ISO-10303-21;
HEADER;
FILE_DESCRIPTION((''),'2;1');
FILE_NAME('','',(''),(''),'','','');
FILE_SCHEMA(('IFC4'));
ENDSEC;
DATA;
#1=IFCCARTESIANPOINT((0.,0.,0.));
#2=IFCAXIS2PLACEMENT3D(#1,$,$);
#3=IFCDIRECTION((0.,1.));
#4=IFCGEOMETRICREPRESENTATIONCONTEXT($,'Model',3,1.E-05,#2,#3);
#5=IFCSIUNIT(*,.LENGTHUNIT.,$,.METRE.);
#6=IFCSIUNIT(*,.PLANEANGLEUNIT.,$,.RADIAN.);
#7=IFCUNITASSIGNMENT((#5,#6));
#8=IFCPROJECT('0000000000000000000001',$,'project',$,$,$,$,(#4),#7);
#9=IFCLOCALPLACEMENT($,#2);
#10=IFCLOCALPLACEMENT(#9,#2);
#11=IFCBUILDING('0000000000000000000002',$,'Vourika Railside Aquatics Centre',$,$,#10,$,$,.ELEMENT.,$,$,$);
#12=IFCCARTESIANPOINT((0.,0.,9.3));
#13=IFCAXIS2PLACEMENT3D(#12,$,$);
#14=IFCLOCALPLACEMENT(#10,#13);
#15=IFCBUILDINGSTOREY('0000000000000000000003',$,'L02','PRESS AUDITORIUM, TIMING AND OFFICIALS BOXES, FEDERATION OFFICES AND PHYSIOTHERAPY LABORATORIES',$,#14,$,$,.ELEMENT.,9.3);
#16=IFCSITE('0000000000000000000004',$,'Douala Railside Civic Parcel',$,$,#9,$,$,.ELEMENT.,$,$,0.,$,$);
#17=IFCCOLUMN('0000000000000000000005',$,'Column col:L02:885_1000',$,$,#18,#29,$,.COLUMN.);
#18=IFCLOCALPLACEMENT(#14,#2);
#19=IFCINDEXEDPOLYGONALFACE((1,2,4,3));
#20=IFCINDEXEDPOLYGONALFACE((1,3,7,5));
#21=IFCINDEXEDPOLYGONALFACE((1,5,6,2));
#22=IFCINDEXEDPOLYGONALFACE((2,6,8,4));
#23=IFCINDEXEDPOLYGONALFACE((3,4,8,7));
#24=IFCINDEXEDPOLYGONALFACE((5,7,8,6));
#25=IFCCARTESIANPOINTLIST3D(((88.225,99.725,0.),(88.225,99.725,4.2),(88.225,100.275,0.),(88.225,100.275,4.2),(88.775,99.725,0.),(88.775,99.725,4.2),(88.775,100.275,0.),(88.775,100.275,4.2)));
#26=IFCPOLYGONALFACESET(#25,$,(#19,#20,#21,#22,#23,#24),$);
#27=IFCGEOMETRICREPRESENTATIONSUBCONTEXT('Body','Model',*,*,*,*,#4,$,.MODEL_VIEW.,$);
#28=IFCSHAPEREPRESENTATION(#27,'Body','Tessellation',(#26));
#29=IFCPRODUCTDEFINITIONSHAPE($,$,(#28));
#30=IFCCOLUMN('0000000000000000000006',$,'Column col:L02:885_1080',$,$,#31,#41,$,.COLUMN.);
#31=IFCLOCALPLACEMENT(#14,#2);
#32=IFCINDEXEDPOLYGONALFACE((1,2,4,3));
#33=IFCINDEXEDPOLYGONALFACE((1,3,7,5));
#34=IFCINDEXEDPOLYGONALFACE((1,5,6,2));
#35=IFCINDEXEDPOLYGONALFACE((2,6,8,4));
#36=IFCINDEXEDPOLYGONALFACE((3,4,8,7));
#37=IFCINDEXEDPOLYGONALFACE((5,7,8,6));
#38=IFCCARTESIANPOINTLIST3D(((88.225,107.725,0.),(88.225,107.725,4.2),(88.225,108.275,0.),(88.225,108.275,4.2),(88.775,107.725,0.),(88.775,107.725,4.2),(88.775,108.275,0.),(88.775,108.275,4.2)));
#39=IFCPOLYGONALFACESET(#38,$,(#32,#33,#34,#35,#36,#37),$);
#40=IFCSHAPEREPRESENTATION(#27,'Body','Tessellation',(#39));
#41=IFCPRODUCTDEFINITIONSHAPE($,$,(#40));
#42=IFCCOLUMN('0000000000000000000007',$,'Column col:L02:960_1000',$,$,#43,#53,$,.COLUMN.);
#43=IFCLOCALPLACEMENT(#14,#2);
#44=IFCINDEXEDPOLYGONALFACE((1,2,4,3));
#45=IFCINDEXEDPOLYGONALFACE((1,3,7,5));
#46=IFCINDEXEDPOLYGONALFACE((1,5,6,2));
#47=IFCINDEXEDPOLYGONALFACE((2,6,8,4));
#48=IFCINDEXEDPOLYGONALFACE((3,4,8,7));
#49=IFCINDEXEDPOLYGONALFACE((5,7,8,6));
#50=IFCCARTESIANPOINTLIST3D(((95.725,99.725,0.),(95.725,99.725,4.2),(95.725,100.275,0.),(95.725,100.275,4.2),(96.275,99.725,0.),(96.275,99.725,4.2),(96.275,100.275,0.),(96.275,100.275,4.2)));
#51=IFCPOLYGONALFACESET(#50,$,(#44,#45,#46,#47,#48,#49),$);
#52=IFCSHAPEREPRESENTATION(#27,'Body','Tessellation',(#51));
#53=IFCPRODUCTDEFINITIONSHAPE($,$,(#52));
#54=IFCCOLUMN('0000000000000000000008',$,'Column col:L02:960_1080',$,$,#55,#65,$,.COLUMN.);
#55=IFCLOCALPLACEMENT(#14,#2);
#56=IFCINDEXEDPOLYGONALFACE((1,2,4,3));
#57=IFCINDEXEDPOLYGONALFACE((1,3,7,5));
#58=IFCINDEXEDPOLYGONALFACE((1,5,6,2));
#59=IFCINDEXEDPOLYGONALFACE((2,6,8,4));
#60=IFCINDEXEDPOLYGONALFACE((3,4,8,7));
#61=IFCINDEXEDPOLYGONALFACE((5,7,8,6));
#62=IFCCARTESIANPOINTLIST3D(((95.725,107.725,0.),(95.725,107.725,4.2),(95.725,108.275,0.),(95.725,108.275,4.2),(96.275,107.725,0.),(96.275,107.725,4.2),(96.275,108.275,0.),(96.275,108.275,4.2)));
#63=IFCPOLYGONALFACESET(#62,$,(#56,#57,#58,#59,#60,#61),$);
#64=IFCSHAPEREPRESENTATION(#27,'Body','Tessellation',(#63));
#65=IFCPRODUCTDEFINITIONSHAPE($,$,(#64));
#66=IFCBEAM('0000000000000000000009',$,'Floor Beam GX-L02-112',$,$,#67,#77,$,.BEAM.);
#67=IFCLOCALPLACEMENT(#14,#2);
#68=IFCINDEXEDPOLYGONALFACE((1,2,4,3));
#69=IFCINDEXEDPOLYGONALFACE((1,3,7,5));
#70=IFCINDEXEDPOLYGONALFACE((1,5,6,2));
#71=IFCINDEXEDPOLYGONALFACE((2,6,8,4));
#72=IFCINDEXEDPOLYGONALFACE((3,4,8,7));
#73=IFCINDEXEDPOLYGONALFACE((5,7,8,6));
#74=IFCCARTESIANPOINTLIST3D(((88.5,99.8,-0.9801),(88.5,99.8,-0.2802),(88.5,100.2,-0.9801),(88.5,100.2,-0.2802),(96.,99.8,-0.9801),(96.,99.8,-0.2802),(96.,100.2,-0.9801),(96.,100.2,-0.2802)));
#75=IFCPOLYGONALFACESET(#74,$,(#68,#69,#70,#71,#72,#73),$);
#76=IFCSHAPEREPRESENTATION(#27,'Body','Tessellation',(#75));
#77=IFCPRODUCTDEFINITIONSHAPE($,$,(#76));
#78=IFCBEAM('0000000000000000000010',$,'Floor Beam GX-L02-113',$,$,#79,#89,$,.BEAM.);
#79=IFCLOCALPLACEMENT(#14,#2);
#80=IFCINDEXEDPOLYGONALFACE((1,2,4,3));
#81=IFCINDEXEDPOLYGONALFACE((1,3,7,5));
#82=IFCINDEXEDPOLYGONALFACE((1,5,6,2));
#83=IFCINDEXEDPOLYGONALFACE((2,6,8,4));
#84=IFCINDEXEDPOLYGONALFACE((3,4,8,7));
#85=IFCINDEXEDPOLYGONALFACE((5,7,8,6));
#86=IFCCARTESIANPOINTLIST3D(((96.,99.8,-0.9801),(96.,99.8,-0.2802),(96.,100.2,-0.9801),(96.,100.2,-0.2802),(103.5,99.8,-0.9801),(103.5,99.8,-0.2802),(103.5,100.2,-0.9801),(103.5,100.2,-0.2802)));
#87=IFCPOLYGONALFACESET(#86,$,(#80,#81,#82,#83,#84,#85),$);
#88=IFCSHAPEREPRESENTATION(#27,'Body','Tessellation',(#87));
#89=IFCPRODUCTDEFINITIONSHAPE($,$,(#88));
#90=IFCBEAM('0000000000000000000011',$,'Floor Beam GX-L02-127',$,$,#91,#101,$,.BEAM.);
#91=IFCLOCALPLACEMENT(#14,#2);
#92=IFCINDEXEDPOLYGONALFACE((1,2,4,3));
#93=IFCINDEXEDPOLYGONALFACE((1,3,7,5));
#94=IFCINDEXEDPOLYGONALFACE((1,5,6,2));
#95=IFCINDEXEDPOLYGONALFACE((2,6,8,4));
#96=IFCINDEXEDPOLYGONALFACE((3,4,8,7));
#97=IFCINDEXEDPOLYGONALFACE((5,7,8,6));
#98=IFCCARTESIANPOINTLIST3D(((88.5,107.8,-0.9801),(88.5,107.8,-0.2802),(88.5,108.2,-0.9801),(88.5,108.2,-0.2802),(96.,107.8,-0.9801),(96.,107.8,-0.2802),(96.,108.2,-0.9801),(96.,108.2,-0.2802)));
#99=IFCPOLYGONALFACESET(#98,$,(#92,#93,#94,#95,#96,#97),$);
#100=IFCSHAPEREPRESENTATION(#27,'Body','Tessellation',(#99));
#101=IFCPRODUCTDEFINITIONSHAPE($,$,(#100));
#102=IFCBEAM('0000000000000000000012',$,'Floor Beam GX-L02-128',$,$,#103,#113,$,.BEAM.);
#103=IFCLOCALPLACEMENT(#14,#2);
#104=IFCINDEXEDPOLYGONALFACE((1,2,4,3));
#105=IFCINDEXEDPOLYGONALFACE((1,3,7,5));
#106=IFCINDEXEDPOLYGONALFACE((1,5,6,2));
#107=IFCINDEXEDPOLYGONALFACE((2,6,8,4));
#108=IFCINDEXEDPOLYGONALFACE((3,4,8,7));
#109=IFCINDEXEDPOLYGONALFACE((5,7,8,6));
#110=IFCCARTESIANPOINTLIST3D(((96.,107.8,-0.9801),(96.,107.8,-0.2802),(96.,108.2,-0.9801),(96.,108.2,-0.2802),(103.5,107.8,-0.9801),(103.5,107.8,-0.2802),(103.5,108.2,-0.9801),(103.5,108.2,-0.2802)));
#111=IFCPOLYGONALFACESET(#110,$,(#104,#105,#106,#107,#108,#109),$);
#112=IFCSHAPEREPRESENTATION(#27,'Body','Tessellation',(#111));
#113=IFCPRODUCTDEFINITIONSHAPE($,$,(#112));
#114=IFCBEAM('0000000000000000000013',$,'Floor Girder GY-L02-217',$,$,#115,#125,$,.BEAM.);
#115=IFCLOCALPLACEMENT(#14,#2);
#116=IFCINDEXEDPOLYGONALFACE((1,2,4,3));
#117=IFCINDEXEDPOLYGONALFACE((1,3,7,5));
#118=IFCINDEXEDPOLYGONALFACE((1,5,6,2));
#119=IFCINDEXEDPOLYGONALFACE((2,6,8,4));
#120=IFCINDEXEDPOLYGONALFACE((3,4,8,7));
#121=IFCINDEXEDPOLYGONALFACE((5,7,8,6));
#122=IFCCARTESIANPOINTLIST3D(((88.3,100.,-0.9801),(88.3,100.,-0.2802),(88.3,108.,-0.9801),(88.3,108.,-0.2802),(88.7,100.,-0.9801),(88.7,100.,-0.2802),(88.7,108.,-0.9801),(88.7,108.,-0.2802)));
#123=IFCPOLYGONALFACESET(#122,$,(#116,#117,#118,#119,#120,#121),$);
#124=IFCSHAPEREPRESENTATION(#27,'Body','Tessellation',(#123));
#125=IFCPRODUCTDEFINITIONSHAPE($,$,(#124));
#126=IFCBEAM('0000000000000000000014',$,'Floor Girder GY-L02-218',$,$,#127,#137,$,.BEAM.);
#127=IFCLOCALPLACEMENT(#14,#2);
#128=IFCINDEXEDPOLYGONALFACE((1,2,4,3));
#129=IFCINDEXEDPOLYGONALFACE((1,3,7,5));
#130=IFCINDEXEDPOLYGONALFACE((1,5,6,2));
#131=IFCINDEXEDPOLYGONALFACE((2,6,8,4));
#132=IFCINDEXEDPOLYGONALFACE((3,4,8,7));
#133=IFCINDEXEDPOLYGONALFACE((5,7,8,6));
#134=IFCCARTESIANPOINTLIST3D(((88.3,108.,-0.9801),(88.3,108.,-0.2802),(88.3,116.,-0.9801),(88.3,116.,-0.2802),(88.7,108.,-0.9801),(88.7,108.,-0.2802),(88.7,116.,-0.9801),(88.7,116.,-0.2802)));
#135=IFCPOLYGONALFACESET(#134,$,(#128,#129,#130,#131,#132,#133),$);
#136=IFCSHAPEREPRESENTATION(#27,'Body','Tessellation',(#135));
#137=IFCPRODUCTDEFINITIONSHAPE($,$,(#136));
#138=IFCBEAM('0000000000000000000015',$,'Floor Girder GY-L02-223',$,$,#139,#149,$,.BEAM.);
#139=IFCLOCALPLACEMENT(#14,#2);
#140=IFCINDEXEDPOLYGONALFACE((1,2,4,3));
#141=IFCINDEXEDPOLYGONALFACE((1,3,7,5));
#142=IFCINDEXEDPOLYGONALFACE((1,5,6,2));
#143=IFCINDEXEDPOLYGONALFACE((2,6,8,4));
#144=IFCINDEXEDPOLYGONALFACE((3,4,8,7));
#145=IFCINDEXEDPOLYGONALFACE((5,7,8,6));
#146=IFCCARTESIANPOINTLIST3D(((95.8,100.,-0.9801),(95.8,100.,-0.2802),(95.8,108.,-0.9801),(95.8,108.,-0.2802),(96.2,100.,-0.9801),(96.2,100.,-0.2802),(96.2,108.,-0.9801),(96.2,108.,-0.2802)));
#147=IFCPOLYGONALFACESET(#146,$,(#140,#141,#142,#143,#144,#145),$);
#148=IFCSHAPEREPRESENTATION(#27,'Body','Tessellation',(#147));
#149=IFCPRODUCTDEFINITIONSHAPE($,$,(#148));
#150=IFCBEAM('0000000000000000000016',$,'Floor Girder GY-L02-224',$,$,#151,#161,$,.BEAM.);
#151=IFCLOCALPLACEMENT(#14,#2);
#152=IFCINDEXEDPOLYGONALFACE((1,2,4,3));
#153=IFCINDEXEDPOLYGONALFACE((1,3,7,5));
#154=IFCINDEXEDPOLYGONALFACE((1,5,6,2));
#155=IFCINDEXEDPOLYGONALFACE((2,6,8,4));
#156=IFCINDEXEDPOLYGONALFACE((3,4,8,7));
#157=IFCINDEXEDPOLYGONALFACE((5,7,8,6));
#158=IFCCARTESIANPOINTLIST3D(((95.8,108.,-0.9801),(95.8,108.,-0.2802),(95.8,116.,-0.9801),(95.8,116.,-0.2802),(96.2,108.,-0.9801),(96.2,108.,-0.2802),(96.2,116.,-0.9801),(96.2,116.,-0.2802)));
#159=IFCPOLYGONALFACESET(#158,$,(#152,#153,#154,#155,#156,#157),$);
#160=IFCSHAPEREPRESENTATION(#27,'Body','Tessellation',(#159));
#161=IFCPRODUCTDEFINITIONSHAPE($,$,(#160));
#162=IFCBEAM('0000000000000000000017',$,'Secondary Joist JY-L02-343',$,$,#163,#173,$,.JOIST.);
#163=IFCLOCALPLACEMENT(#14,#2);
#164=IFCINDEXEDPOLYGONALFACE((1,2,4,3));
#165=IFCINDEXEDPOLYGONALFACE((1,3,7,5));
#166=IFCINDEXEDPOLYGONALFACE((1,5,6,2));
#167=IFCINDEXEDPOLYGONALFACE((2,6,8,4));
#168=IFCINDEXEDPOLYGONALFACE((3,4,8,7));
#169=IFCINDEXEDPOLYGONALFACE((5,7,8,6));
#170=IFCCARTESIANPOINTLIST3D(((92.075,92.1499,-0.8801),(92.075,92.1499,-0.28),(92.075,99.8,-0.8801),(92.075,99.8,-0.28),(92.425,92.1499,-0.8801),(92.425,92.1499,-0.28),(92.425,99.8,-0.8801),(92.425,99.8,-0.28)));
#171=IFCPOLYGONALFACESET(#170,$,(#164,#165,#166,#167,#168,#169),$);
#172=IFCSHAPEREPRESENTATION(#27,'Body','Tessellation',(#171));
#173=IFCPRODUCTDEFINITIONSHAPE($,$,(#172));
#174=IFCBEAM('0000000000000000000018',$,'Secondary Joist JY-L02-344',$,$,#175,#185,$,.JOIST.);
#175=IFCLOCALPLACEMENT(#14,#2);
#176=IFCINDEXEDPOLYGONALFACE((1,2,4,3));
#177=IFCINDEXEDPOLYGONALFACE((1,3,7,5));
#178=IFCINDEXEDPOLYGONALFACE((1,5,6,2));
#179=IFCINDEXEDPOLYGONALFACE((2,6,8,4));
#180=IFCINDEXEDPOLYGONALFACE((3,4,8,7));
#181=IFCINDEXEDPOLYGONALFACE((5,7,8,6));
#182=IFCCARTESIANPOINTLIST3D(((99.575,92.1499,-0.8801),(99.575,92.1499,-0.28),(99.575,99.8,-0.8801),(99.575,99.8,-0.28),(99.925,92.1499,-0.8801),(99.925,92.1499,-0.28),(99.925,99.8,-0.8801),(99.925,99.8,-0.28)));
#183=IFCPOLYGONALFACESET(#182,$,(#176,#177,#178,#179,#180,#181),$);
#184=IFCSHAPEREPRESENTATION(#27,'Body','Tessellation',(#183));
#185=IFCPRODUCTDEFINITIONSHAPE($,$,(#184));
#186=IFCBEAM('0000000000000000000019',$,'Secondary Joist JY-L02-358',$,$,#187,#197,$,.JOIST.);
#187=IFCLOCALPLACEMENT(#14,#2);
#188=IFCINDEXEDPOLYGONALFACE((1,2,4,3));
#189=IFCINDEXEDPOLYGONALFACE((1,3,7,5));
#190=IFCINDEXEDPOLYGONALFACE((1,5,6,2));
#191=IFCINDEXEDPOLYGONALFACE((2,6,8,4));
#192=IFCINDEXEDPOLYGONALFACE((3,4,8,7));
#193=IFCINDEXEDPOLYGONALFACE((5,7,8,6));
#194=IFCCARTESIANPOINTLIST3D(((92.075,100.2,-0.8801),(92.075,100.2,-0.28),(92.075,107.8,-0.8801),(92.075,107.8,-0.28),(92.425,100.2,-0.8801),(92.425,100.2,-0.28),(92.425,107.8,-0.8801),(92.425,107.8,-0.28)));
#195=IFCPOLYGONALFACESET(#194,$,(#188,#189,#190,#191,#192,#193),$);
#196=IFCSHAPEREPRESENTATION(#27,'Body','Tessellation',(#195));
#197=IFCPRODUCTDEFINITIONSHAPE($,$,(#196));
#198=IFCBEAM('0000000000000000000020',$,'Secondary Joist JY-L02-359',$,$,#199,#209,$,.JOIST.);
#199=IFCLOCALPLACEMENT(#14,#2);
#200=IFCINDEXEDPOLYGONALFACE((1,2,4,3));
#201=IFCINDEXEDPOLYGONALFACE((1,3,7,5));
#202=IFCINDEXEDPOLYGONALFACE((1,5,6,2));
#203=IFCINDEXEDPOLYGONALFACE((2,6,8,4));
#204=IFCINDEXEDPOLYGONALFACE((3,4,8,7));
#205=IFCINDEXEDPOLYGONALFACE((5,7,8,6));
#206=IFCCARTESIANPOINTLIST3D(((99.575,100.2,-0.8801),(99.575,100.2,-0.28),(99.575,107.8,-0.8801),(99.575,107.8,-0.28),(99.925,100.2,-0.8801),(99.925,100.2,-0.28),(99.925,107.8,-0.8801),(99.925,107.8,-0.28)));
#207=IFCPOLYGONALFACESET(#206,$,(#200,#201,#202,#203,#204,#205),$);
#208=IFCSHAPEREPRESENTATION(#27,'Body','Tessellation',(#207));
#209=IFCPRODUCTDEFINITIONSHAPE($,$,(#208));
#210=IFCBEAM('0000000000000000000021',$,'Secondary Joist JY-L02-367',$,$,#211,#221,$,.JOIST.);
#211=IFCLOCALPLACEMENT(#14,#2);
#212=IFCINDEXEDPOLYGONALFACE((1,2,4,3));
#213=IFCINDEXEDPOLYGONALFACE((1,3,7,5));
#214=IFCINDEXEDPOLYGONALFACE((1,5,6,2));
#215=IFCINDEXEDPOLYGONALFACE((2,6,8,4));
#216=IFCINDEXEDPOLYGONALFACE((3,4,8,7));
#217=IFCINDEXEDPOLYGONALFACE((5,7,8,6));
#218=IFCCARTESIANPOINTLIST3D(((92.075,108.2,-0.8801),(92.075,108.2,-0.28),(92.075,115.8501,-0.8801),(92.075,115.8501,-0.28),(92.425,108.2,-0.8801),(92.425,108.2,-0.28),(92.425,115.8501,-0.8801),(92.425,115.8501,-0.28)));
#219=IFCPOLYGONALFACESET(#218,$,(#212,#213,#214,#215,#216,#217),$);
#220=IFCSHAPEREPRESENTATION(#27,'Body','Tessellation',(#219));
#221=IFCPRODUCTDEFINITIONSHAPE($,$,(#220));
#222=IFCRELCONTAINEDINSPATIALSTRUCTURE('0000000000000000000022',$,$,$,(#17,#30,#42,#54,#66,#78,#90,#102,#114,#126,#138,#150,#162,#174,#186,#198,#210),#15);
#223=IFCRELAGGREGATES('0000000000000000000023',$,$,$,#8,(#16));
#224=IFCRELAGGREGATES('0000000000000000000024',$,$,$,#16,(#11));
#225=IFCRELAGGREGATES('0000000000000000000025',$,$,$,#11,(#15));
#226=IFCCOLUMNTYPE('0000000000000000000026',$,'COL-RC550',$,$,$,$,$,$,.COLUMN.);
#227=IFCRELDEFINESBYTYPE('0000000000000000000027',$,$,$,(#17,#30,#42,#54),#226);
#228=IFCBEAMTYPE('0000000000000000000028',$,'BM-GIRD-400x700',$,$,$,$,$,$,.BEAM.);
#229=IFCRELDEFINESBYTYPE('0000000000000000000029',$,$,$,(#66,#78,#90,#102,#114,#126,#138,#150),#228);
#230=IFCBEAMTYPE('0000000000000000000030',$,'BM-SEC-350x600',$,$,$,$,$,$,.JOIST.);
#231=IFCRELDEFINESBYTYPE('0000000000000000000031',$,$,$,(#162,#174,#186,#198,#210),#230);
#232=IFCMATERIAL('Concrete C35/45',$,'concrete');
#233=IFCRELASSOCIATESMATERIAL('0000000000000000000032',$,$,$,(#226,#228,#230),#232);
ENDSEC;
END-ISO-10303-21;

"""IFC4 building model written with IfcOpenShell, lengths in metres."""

from ifc_helpers import new_model, si_unit, direction, frame, origin, origin_2d, place, context, subcontext, project, spatial, rectangle, extrude, material, material_profile, profile_set, type_object, element, save


model = new_model("IFC4")

# Units and contexts
model_context = context("Model", 3, precision=1e-05, world=origin(), true_north=direction((0.0, 1.0)))
body_context = subcontext(model_context, "Body", "Model", "MODEL_VIEW")
ifc_project = project(units=[si_unit("LENGTHUNIT", "METRE"), si_unit("PLANEANGLEUNIT", "RADIAN")], contexts=[model_context])

# Site, building, storey
site_placement = place(None, origin())
site = spatial("IfcSite", under=ifc_project, at=site_placement, Name="Douala Railside Civic Parcel", CompositionType="ELEMENT", RefElevation=0.0)
building_placement = place(site_placement, origin())
building = spatial("IfcBuilding", under=site, at=building_placement, Name="Vourika Railside Aquatics Centre", CompositionType="ELEMENT")
storey_placement = place(building_placement, frame((0.0, 0.0, 9.3)))
storey = spatial("IfcBuildingStorey", under=building, at=storey_placement, Name="L02", Description="PRESS AUDITORIUM, TIMING AND OFFICIALS BOXES, FEDERATION OFFICES AND PHYSIOTHERAPY LABORATORIES", CompositionType="ELEMENT", Elevation=9.3)

# Columns
ifc_material_1 = material(Name="Concrete C35/45", Category="concrete")
ifc_material_profile_1 = material_profile(ifc_material_1, rectangle(XDim=0.55, YDim=0.55, at=origin_2d()), Name="RC 550x550")
ifc_profile_set_1 = profile_set([ifc_material_profile_1], Name="Concrete C35/45")
column_type = type_object("IfcColumnType", Name="COL-RC550", PredefinedType="COLUMN", material=ifc_profile_set_1)
for number, where, z_axis, x_axis, name in (
    (1, (88.5, 100.0, 0.0), (0.0, 0.0, 1.0), (1.0, 0.0, 0.0), "Column col:L02:885_1000"),
    (2, (88.5, 108.0, 0.0), (0.0, 0.0, 1.0), (1.0, 0.0, 0.0), "Column col:L02:885_1080"),
    (3, (96.0, 100.0, 0.0), (0.0, 0.0, 1.0), (1.0, 0.0, 0.0), "Column col:L02:960_1000"),
    (4, (96.0, 108.0, 0.0), (0.0, 0.0, 1.0), (1.0, 0.0, 0.0), "Column col:L02:960_1080"),
):
    element("IfcColumn", number, at=place(storey_placement, frame(where, z_axis=z_axis, x_axis=x_axis)), inside=storey, type_object=column_type, Name=name, PredefinedType="COLUMN", context=body_context, shape_type="SweptSolid", body=[
        extrude(rectangle(XDim=0.55, YDim=0.55, at=origin_2d()), origin(), (0.0, 0.0, 1.0), 4.2),
    ])

# Beams
ifc_material_profile_2 = material_profile(ifc_material_1, rectangle(XDim=0.3999, YDim=0.7, at=origin_2d()), Name="RC 400x700")
ifc_profile_set_2 = profile_set([ifc_material_profile_2], Name="Concrete C35/45")
beam_type_1 = type_object("IfcBeamType", Name="BM-GIRD-400x700", PredefinedType="BEAM", material=ifc_profile_set_2)
for number, where, z_axis, x_axis, name in (
    (5, (88.5, 100.0, -0.6301), (1.0, 0.0, 0.0), (0.0, 1.0, 0.0), "Floor Beam GX-L02-112"),
    (6, (96.0, 100.0, -0.6301), (1.0, 0.0, 0.0), (0.0, 1.0, 0.0), "Floor Beam GX-L02-113"),
    (7, (88.5, 108.0, -0.6301), (1.0, 0.0, 0.0), (0.0, 1.0, 0.0), "Floor Beam GX-L02-127"),
    (8, (96.0, 108.0, -0.6301), (1.0, 0.0, 0.0), (0.0, 1.0, 0.0), "Floor Beam GX-L02-128"),
):
    element("IfcBeam", number, at=place(storey_placement, frame(where, z_axis=z_axis, x_axis=x_axis)), inside=storey, type_object=beam_type_1, Name=name, PredefinedType="BEAM", context=body_context, shape_type="SweptSolid", body=[
        extrude(rectangle(XDim=0.3999, YDim=0.7, at=origin_2d()), origin(), (0.0, 0.0, 1.0), 7.5),
    ])
for number, where, z_axis, x_axis, name in (
    (9, (88.5, 100.0, -0.6301), (0.0, 1.0, 0.0), (-1.0, 0.0, 0.0), "Floor Girder GY-L02-217"),
    (10, (88.5, 108.0, -0.6301), (0.0, 1.0, 0.0), (-1.0, 0.0, 0.0), "Floor Girder GY-L02-218"),
    (11, (96.0, 100.0, -0.6301), (0.0, 1.0, 0.0), (-1.0, 0.0, 0.0), "Floor Girder GY-L02-223"),
    (12, (96.0, 108.0, -0.6301), (0.0, 1.0, 0.0), (-1.0, 0.0, 0.0), "Floor Girder GY-L02-224"),
):
    element("IfcBeam", number, at=place(storey_placement, frame(where, z_axis=z_axis, x_axis=x_axis)), inside=storey, type_object=beam_type_1, Name=name, PredefinedType="BEAM", context=body_context, shape_type="SweptSolid", body=[
        extrude(rectangle(XDim=0.3999, YDim=0.7, at=origin_2d()), origin(), (0.0, 0.0, 1.0), 8.0),
    ])
ifc_material_profile_3 = material_profile(ifc_material_1, rectangle(XDim=0.3501, YDim=0.6001, at=origin_2d()), Name="RC 350x600")
ifc_profile_set_3 = profile_set([ifc_material_profile_3], Name="Concrete C35/45")
beam_type_2 = type_object("IfcBeamType", Name="BM-SEC-350x600", PredefinedType="JOIST", material=ifc_profile_set_3)
for number, where, z_axis, x_axis, name in (
    (13, (92.25, 92.1499, -0.5801), (0.0, 1.0, 0.0), (-1.0, 0.0, 0.0), "Secondary Joist JY-L02-343"),
    (14, (99.75, 92.1499, -0.5801), (0.0, 1.0, 0.0), (-1.0, 0.0, 0.0), "Secondary Joist JY-L02-344"),
):
    element("IfcBeam", number, at=place(storey_placement, frame(where, z_axis=z_axis, x_axis=x_axis)), inside=storey, type_object=beam_type_2, Name=name, PredefinedType="JOIST", context=body_context, shape_type="SweptSolid", body=[
        extrude(rectangle(XDim=0.3501, YDim=0.6001, at=origin_2d()), origin(), (0.0, 0.0, 1.0), 7.6501),
    ])
for number, where, z_axis, x_axis, name in (
    (15, (92.25, 100.2, -0.5801), (0.0, 1.0, 0.0), (-1.0, 0.0, 0.0), "Secondary Joist JY-L02-358"),
    (16, (99.75, 100.2, -0.5801), (0.0, 1.0, 0.0), (-1.0, 0.0, 0.0), "Secondary Joist JY-L02-359"),
):
    element("IfcBeam", number, at=place(storey_placement, frame(where, z_axis=z_axis, x_axis=x_axis)), inside=storey, type_object=beam_type_2, Name=name, PredefinedType="JOIST", context=body_context, shape_type="SweptSolid", body=[
        extrude(rectangle(XDim=0.3501, YDim=0.6001, at=origin_2d()), origin(), (0.0, 0.0, 1.0), 7.6001),
    ])
for number, where, z_axis, x_axis, name in (
    (17, (92.25, 108.2, -0.5801), (0.0, 1.0, 0.0), (-1.0, 0.0, 0.0), "Secondary Joist JY-L02-367"),
):
    element("IfcBeam", number, at=place(storey_placement, frame(where, z_axis=z_axis, x_axis=x_axis)), inside=storey, type_object=beam_type_2, Name=name, PredefinedType="JOIST", context=body_context, shape_type="SweptSolid", body=[
        extrude(rectangle(XDim=0.3501, YDim=0.6001, at=origin_2d()), origin(), (0.0, 0.0, 1.0), 7.6501),
    ])

save(model, "model.ifc")
